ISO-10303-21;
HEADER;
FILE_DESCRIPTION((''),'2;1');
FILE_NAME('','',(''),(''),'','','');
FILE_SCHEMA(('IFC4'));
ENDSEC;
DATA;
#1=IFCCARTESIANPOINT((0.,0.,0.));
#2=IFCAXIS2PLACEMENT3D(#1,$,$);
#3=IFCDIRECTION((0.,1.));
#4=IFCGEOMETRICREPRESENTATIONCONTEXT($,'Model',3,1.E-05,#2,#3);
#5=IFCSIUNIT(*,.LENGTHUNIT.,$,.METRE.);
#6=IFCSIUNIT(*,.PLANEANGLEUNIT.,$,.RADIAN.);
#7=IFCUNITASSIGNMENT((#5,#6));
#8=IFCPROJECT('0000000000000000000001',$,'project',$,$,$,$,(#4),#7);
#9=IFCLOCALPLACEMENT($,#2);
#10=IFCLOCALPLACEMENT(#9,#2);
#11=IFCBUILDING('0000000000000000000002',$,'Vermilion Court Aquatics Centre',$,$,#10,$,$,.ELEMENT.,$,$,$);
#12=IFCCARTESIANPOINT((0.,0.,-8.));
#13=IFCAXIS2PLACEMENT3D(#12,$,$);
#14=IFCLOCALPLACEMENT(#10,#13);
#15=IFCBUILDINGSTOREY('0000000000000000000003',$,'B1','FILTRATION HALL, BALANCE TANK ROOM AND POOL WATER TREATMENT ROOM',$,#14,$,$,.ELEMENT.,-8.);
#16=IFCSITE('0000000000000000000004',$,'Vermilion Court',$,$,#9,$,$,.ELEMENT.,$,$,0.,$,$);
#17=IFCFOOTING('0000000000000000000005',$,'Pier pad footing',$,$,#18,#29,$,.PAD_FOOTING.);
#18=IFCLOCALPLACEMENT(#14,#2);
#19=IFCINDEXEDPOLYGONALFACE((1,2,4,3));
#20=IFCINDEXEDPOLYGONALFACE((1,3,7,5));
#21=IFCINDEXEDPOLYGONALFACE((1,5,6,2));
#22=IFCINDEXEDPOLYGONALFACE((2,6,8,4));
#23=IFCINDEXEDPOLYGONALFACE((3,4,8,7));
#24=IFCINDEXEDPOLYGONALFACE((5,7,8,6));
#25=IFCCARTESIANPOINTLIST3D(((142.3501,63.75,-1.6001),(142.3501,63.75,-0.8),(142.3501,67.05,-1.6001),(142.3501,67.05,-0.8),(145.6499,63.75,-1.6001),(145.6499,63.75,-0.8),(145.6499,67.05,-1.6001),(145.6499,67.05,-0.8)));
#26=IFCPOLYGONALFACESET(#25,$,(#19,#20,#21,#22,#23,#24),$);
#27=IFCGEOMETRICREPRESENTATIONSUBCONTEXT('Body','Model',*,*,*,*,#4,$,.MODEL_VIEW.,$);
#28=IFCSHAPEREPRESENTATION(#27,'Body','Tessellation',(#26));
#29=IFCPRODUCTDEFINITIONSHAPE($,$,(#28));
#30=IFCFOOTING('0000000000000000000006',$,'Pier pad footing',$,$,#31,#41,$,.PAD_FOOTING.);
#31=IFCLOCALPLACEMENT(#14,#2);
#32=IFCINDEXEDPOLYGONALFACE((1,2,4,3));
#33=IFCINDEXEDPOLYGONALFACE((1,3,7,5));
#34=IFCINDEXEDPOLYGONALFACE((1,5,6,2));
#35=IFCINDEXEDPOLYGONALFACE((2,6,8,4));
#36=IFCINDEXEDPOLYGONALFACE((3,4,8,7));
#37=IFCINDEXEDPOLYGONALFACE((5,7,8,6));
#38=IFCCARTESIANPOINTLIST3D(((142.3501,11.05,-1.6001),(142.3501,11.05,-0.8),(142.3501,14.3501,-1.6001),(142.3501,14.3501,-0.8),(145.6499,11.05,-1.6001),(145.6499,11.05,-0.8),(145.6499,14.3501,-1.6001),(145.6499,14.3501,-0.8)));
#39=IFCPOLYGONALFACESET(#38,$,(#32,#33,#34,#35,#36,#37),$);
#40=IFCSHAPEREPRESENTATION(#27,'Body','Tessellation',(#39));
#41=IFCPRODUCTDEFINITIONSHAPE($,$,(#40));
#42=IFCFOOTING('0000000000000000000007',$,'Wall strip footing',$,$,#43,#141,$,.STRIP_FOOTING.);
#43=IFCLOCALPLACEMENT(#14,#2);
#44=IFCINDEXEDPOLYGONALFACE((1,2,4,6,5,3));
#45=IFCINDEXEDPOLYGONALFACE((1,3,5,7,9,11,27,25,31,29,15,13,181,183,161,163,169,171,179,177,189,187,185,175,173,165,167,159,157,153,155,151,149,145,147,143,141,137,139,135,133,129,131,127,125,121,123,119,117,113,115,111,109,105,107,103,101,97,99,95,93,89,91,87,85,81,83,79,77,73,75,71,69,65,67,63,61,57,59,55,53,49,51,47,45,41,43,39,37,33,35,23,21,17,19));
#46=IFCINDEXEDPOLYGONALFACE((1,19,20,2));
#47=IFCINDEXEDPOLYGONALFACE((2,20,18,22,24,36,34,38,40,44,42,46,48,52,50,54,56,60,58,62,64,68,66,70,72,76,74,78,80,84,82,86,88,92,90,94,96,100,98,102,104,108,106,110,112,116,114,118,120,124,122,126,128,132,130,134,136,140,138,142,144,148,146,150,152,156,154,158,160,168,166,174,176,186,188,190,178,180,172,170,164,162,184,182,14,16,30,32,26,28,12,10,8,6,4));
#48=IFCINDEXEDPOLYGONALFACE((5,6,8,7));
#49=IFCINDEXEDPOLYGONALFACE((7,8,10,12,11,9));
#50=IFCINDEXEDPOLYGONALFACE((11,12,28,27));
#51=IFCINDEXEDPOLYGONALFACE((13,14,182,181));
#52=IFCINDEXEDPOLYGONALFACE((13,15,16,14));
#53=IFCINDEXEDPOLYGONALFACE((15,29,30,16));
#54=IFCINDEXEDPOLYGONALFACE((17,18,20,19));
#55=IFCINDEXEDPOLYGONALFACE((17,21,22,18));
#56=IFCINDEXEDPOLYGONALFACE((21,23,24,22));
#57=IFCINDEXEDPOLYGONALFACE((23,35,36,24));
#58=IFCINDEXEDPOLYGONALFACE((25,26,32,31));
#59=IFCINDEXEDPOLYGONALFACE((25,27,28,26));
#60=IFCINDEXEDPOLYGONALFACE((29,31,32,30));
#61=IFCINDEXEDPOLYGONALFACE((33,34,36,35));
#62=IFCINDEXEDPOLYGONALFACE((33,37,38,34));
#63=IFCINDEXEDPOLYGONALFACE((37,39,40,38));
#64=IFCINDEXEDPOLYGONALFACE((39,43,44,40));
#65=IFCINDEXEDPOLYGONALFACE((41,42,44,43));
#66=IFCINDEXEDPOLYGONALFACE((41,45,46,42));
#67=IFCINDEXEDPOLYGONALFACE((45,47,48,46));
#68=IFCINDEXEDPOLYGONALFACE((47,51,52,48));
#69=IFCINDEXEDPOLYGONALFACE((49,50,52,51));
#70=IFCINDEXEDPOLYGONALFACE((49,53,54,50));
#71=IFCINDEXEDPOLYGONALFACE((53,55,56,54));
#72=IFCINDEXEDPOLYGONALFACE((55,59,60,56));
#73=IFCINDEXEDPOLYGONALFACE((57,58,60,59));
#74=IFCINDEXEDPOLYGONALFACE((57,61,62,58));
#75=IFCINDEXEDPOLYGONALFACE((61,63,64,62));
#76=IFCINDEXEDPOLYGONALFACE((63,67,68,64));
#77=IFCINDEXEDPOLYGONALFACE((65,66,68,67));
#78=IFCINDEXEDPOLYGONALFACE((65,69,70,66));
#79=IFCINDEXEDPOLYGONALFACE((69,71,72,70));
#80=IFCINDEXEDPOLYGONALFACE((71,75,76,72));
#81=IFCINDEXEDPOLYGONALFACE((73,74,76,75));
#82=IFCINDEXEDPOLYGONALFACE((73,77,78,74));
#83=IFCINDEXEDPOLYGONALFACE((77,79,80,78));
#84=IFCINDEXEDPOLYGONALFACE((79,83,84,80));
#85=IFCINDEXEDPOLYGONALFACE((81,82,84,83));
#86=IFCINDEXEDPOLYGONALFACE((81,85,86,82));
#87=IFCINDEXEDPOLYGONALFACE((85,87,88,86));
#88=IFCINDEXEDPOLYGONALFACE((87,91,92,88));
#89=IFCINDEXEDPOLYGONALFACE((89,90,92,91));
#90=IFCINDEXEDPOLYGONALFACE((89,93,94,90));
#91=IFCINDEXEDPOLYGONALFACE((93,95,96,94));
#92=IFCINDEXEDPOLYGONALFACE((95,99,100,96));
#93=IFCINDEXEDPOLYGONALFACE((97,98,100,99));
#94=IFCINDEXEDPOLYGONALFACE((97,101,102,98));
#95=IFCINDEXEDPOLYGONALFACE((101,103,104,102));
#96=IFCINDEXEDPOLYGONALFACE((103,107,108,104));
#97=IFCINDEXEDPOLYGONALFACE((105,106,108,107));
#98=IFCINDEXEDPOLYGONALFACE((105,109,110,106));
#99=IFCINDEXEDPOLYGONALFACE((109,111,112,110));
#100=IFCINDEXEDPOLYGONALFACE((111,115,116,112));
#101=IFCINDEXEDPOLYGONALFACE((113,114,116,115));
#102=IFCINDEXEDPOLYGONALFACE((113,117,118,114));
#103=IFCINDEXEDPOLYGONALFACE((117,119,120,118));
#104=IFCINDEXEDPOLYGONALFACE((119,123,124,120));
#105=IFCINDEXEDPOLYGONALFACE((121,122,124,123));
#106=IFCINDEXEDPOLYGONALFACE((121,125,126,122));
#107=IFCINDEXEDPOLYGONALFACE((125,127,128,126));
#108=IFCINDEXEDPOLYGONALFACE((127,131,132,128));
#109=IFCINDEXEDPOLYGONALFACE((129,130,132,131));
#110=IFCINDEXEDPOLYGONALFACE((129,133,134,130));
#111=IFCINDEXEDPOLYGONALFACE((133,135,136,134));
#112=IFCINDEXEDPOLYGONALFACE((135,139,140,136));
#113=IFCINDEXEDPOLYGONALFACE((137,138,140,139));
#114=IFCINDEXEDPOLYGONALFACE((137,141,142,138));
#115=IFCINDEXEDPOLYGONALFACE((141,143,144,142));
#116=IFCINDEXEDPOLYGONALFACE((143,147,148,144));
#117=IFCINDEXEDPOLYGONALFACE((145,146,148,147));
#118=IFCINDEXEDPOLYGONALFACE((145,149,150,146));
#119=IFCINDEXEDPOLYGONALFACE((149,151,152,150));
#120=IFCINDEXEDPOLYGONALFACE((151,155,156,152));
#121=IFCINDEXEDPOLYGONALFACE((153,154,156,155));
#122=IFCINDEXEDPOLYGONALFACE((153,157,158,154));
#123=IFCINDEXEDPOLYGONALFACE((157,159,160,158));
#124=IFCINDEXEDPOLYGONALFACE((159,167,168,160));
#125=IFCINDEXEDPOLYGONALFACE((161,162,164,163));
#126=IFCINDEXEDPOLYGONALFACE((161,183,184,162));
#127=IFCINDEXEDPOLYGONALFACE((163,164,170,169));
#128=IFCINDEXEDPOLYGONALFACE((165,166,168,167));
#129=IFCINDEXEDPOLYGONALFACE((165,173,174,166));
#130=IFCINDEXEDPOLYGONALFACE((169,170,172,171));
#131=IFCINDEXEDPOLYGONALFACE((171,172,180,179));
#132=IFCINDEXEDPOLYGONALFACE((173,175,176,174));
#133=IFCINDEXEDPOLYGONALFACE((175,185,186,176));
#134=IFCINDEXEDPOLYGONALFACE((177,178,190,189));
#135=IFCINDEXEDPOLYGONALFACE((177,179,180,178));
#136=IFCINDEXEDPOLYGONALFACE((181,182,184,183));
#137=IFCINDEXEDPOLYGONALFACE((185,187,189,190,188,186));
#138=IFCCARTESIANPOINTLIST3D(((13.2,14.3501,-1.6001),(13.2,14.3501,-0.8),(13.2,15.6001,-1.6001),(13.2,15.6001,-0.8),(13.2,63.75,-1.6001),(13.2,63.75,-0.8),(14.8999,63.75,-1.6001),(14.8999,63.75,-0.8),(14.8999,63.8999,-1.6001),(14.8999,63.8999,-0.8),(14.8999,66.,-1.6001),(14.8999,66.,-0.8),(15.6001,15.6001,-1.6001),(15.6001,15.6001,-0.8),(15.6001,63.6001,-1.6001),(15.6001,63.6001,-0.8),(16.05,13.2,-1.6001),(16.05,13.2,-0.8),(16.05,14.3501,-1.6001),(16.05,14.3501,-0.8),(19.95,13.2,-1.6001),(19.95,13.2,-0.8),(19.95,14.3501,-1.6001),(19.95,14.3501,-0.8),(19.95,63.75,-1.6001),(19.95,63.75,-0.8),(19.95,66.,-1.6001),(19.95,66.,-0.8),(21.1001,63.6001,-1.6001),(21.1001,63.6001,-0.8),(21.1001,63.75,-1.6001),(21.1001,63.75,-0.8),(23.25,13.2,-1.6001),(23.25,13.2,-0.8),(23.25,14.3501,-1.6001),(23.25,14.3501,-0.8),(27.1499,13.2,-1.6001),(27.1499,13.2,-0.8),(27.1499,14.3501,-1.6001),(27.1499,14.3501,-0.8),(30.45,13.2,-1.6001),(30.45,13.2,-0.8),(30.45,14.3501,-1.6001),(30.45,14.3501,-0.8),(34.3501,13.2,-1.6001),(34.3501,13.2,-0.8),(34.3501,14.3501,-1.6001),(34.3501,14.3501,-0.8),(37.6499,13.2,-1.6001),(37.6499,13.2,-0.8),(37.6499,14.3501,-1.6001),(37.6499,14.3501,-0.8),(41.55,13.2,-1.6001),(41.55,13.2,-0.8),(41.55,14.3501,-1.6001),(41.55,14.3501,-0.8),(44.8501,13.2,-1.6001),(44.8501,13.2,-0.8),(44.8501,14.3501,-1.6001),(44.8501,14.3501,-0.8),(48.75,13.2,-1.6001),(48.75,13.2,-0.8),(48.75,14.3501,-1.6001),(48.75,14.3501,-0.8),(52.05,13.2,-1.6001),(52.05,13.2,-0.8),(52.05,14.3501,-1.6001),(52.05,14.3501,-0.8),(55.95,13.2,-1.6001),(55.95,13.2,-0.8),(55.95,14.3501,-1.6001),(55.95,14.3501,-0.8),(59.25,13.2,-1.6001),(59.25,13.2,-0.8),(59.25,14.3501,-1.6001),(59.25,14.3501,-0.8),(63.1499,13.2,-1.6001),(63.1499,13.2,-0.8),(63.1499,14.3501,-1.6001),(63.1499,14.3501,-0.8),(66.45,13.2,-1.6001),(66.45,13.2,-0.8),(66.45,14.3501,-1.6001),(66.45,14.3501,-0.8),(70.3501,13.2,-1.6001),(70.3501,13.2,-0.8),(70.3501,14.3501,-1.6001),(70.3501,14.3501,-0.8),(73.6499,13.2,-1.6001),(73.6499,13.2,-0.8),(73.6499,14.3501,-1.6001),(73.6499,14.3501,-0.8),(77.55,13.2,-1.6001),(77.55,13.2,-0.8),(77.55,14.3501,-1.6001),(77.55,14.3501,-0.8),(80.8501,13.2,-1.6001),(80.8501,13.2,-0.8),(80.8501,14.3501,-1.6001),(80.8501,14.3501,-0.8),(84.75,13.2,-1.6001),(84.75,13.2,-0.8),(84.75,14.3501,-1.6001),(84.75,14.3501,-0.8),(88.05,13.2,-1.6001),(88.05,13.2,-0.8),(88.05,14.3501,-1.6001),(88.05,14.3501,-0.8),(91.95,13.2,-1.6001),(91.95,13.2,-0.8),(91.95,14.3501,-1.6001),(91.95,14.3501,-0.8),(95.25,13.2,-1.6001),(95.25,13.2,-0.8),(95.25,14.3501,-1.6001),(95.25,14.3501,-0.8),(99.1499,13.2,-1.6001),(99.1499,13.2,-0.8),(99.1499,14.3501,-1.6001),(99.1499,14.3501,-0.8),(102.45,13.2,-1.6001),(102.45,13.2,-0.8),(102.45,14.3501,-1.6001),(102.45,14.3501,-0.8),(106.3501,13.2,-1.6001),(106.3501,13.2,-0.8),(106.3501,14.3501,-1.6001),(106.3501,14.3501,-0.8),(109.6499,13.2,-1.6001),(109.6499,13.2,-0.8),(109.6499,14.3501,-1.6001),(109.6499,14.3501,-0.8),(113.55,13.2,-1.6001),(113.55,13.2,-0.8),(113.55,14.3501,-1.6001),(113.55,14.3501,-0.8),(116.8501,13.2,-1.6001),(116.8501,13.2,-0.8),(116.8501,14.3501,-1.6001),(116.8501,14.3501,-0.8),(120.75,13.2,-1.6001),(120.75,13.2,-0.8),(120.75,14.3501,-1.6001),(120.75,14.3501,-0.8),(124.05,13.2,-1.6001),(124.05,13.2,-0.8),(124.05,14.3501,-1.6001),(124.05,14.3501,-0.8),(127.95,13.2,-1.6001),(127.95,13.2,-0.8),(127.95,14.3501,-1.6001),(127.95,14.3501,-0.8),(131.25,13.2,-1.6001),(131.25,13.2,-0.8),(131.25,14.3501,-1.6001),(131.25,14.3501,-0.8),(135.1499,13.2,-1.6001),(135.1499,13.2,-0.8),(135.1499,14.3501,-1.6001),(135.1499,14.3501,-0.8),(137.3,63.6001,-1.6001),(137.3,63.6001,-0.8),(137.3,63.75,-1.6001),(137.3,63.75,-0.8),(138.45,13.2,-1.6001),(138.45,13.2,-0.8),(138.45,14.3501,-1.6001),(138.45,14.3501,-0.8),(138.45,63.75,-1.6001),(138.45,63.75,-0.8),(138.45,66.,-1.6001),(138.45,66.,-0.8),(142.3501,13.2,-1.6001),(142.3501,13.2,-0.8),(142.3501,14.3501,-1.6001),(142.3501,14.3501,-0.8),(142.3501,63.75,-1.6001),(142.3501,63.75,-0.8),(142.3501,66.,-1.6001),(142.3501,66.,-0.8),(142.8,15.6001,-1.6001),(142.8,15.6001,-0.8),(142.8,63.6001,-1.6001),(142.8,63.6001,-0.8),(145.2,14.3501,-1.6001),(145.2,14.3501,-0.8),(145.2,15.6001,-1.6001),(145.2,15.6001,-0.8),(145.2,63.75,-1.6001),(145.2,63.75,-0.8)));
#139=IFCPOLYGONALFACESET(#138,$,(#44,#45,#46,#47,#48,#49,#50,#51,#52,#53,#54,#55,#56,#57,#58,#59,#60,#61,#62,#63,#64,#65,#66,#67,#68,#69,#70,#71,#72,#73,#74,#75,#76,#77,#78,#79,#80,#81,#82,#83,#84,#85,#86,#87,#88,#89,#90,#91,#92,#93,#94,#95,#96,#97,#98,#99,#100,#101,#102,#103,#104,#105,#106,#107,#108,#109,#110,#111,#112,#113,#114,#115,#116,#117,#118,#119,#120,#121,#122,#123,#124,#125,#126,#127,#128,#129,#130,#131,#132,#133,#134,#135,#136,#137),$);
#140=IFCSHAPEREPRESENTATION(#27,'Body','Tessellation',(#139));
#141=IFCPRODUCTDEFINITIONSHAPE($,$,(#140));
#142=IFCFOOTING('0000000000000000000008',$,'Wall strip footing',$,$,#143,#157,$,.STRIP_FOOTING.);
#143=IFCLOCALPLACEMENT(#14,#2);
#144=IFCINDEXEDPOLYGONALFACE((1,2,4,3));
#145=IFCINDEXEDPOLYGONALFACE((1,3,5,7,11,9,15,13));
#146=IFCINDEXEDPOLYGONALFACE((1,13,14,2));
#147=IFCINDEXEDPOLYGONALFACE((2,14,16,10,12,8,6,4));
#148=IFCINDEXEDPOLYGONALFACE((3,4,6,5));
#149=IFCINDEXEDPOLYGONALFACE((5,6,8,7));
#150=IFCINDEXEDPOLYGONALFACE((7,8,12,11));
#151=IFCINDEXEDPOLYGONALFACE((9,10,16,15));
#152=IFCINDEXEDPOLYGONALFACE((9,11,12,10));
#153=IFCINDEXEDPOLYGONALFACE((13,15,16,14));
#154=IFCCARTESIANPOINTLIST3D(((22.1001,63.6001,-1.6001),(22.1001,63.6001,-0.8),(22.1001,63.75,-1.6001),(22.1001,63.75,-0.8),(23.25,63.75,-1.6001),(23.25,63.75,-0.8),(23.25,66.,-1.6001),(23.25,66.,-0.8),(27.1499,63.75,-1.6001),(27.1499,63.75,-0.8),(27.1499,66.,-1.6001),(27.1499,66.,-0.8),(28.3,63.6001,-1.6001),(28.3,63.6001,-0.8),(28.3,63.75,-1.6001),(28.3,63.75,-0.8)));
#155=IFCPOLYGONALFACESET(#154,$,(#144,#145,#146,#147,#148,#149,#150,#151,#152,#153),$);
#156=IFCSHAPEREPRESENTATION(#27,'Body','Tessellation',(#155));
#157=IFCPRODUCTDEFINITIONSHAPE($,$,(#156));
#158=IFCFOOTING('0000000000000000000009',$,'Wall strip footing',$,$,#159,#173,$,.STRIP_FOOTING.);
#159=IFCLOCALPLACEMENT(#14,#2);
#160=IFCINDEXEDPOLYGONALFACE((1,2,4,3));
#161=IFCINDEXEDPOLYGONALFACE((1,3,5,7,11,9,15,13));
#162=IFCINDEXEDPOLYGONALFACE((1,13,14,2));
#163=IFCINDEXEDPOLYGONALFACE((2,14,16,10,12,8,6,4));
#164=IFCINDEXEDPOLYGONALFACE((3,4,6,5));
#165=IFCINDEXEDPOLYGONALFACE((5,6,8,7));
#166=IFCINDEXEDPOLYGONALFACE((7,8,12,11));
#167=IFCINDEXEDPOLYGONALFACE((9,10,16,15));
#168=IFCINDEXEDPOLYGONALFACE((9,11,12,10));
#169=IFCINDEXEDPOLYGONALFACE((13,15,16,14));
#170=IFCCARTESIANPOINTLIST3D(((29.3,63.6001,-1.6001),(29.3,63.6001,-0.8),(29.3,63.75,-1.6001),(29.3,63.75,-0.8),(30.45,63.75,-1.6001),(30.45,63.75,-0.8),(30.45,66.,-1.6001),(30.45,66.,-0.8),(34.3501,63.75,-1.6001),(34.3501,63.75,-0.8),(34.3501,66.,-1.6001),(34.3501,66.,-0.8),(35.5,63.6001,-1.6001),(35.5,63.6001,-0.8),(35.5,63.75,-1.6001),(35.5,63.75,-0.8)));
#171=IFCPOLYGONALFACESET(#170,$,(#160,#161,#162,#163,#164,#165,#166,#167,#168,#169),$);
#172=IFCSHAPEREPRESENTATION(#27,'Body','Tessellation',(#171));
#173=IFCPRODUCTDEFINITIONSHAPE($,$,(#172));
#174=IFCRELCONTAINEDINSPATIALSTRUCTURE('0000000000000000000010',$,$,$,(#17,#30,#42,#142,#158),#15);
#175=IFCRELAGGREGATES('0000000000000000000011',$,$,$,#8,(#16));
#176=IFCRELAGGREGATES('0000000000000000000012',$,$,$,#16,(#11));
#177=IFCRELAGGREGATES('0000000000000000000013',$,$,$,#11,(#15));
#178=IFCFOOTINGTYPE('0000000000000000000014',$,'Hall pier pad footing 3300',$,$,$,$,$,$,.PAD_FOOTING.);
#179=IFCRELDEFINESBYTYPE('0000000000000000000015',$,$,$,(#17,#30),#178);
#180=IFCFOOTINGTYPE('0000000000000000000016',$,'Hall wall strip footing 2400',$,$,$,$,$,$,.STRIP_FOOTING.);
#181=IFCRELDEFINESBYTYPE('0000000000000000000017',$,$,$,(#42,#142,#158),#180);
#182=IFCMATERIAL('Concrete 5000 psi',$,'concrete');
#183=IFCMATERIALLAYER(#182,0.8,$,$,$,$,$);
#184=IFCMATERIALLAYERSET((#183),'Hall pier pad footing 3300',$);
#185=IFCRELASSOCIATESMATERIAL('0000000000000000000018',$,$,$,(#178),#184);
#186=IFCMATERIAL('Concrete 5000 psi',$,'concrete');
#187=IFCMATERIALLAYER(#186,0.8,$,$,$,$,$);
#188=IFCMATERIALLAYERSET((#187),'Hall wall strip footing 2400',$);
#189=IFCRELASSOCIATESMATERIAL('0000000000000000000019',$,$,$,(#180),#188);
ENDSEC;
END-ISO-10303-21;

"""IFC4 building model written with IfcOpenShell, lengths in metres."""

from ifc_helpers import new_model, si_unit, direction, frame, origin, place, context, subcontext, project, spatial, polyline, outline, extrude, material, layer, layer_set, type_object, element, save


model = new_model("IFC4")

# Units and contexts
model_context = context("Model", 3, precision=1e-05, world=origin(), true_north=direction((0.0, 1.0)))
body_context = subcontext(model_context, "Body", "Model", "MODEL_VIEW")
ifc_project = project(units=[si_unit("LENGTHUNIT", "METRE"), si_unit("PLANEANGLEUNIT", "RADIAN")], contexts=[model_context])

# Site, building, storey
site_placement = place(None, origin())
site = spatial("IfcSite", under=ifc_project, at=site_placement, Name="Vermilion Court", CompositionType="ELEMENT", RefElevation=0.0)
building_placement = place(site_placement, origin())
building = spatial("IfcBuilding", under=site, at=building_placement, Name="Vermilion Court Aquatics Centre", CompositionType="ELEMENT")
storey_placement = place(building_placement, frame((0.0, 0.0, -8.0)))
storey = spatial("IfcBuildingStorey", under=building, at=storey_placement, Name="B1", Description="FILTRATION HALL, BALANCE TANK ROOM AND POOL WATER TREATMENT ROOM", CompositionType="ELEMENT", Elevation=-8.0)

# Footings
ifc_material_1 = material(Name="Concrete 5000 psi", Category="concrete")
ifc_layer_1 = layer(ifc_material_1, 0.8)
ifc_layer_set_1 = layer_set([ifc_layer_1], Name="Hall pier pad footing 3300")
footing_type_1 = type_object("IfcFootingType", Name="Hall pier pad footing 3300", PredefinedType="PAD_FOOTING", material=ifc_layer_set_1)
footing_1_placement = place(storey_placement, frame((0.0, 0.0, -1.6001)))
element("IfcFooting", 1, at=footing_1_placement, inside=storey, type_object=footing_type_1, Name="Pier pad footing", PredefinedType="PAD_FOOTING", context=body_context, shape_type="SweptSolid", body=[
    extrude(outline(polyline([(142.3501, 63.75), (145.6499, 63.75), (145.6499, 67.05), (142.3501, 67.05), (142.3501, 63.75)])), origin(), (0.0, 0.0, 1.0), 0.8),
])
footing_2_placement = place(storey_placement, frame((0.0, 0.0, -1.6001)))
element("IfcFooting", 2, at=footing_2_placement, inside=storey, type_object=footing_type_1, Name="Pier pad footing", PredefinedType="PAD_FOOTING", context=body_context, shape_type="SweptSolid", body=[
    extrude(outline(polyline([(142.3501, 11.05), (145.6499, 11.05), (145.6499, 14.3501), (142.3501, 14.3501), (142.3501, 11.05)])), origin(), (0.0, 0.0, 1.0), 0.8),
])
ifc_material_2 = material(Name="Concrete 5000 psi", Category="concrete")
ifc_layer_2 = layer(ifc_material_2, 0.8)
ifc_layer_set_2 = layer_set([ifc_layer_2], Name="Hall wall strip footing 2400")
footing_type_2 = type_object("IfcFootingType", Name="Hall wall strip footing 2400", PredefinedType="STRIP_FOOTING", material=ifc_layer_set_2)
footing_3_placement = place(storey_placement, frame((0.0, 0.0, -1.6001)))
element("IfcFooting", 3, at=footing_3_placement, inside=storey, type_object=footing_type_2, Name="Wall strip footing", PredefinedType="STRIP_FOOTING", context=body_context, shape_type="SweptSolid", body=[
    extrude(outline(polyline([(13.2, 63.75), (14.8999, 63.75), (14.8999, 63.8999), (14.8999, 66.0), (19.95, 66.0), (19.95, 63.75), (21.1001, 63.75), (21.1001, 63.6001), (15.6001, 63.6001), (15.6001, 15.6001), (142.8, 15.6001), (142.8, 63.6001), (137.3, 63.6001), (137.3, 63.75), (138.45, 63.75), (138.45, 66.0), (142.3501, 66.0), (142.3501, 63.75), (145.2, 63.75), (145.2, 15.6001), (145.2, 14.3501), (142.3501, 14.3501), (142.3501, 13.2), (138.45, 13.2), (138.45, 14.3501), (135.1499, 14.3501), (135.1499, 13.2), (131.25, 13.2), (131.25, 14.3501), (127.95, 14.3501), (127.95, 13.2), (124.05, 13.2), (124.05, 14.3501), (120.75, 14.3501), (120.75, 13.2), (116.8501, 13.2), (116.8501, 14.3501), (113.55, 14.3501), (113.55, 13.2), (109.6499, 13.2), (109.6499, 14.3501), (106.3501, 14.3501), (106.3501, 13.2), (102.45, 13.2), (102.45, 14.3501), (99.1499, 14.3501), (99.1499, 13.2), (95.25, 13.2), (95.25, 14.3501), (91.95, 14.3501), (91.95, 13.2), (88.05, 13.2), (88.05, 14.3501), (84.75, 14.3501), (84.75, 13.2), (80.8501, 13.2), (80.8501, 14.3501), (77.55, 14.3501), (77.55, 13.2), (73.6499, 13.2), (73.6499, 14.3501), (70.3501, 14.3501), (70.3501, 13.2), (66.45, 13.2), (66.45, 14.3501), (63.1499, 14.3501), (63.1499, 13.2), (59.25, 13.2), (59.25, 14.3501), (55.95, 14.3501), (55.95, 13.2), (52.05, 13.2), (52.05, 14.3501), (48.75, 14.3501), (48.75, 13.2), (44.8501, 13.2), (44.8501, 14.3501), (41.55, 14.3501), (41.55, 13.2), (37.6499, 13.2), (37.6499, 14.3501), (34.3501, 14.3501), (34.3501, 13.2), (30.45, 13.2), (30.45, 14.3501), (27.1499, 14.3501), (27.1499, 13.2), (23.25, 13.2), (23.25, 14.3501), (19.95, 14.3501), (19.95, 13.2), (16.05, 13.2), (16.05, 14.3501), (13.2, 14.3501), (13.2, 15.6001), (13.2, 63.75)])), origin(), (0.0, 0.0, 1.0), 0.8),
])
footing_4_placement = place(storey_placement, frame((0.0, 0.0, -1.6001)))
element("IfcFooting", 4, at=footing_4_placement, inside=storey, type_object=footing_type_2, Name="Wall strip footing", PredefinedType="STRIP_FOOTING", context=body_context, shape_type="SweptSolid", body=[
    extrude(outline(polyline([(22.1001, 63.75), (23.25, 63.75), (23.25, 66.0), (27.1499, 66.0), (27.1499, 63.75), (28.3, 63.75), (28.3, 63.6001), (22.1001, 63.6001), (22.1001, 63.75)])), origin(), (0.0, 0.0, 1.0), 0.8),
])
footing_5_placement = place(storey_placement, frame((0.0, 0.0, -1.6001)))
element("IfcFooting", 5, at=footing_5_placement, inside=storey, type_object=footing_type_2, Name="Wall strip footing", PredefinedType="STRIP_FOOTING", context=body_context, shape_type="SweptSolid", body=[
    extrude(outline(polyline([(29.3, 63.75), (30.45, 63.75), (30.45, 66.0), (34.3501, 66.0), (34.3501, 63.75), (35.5, 63.75), (35.5, 63.6001), (29.3, 63.6001), (29.3, 63.75)])), origin(), (0.0, 0.0, 1.0), 0.8),
])

save(model, "model.ifc")
